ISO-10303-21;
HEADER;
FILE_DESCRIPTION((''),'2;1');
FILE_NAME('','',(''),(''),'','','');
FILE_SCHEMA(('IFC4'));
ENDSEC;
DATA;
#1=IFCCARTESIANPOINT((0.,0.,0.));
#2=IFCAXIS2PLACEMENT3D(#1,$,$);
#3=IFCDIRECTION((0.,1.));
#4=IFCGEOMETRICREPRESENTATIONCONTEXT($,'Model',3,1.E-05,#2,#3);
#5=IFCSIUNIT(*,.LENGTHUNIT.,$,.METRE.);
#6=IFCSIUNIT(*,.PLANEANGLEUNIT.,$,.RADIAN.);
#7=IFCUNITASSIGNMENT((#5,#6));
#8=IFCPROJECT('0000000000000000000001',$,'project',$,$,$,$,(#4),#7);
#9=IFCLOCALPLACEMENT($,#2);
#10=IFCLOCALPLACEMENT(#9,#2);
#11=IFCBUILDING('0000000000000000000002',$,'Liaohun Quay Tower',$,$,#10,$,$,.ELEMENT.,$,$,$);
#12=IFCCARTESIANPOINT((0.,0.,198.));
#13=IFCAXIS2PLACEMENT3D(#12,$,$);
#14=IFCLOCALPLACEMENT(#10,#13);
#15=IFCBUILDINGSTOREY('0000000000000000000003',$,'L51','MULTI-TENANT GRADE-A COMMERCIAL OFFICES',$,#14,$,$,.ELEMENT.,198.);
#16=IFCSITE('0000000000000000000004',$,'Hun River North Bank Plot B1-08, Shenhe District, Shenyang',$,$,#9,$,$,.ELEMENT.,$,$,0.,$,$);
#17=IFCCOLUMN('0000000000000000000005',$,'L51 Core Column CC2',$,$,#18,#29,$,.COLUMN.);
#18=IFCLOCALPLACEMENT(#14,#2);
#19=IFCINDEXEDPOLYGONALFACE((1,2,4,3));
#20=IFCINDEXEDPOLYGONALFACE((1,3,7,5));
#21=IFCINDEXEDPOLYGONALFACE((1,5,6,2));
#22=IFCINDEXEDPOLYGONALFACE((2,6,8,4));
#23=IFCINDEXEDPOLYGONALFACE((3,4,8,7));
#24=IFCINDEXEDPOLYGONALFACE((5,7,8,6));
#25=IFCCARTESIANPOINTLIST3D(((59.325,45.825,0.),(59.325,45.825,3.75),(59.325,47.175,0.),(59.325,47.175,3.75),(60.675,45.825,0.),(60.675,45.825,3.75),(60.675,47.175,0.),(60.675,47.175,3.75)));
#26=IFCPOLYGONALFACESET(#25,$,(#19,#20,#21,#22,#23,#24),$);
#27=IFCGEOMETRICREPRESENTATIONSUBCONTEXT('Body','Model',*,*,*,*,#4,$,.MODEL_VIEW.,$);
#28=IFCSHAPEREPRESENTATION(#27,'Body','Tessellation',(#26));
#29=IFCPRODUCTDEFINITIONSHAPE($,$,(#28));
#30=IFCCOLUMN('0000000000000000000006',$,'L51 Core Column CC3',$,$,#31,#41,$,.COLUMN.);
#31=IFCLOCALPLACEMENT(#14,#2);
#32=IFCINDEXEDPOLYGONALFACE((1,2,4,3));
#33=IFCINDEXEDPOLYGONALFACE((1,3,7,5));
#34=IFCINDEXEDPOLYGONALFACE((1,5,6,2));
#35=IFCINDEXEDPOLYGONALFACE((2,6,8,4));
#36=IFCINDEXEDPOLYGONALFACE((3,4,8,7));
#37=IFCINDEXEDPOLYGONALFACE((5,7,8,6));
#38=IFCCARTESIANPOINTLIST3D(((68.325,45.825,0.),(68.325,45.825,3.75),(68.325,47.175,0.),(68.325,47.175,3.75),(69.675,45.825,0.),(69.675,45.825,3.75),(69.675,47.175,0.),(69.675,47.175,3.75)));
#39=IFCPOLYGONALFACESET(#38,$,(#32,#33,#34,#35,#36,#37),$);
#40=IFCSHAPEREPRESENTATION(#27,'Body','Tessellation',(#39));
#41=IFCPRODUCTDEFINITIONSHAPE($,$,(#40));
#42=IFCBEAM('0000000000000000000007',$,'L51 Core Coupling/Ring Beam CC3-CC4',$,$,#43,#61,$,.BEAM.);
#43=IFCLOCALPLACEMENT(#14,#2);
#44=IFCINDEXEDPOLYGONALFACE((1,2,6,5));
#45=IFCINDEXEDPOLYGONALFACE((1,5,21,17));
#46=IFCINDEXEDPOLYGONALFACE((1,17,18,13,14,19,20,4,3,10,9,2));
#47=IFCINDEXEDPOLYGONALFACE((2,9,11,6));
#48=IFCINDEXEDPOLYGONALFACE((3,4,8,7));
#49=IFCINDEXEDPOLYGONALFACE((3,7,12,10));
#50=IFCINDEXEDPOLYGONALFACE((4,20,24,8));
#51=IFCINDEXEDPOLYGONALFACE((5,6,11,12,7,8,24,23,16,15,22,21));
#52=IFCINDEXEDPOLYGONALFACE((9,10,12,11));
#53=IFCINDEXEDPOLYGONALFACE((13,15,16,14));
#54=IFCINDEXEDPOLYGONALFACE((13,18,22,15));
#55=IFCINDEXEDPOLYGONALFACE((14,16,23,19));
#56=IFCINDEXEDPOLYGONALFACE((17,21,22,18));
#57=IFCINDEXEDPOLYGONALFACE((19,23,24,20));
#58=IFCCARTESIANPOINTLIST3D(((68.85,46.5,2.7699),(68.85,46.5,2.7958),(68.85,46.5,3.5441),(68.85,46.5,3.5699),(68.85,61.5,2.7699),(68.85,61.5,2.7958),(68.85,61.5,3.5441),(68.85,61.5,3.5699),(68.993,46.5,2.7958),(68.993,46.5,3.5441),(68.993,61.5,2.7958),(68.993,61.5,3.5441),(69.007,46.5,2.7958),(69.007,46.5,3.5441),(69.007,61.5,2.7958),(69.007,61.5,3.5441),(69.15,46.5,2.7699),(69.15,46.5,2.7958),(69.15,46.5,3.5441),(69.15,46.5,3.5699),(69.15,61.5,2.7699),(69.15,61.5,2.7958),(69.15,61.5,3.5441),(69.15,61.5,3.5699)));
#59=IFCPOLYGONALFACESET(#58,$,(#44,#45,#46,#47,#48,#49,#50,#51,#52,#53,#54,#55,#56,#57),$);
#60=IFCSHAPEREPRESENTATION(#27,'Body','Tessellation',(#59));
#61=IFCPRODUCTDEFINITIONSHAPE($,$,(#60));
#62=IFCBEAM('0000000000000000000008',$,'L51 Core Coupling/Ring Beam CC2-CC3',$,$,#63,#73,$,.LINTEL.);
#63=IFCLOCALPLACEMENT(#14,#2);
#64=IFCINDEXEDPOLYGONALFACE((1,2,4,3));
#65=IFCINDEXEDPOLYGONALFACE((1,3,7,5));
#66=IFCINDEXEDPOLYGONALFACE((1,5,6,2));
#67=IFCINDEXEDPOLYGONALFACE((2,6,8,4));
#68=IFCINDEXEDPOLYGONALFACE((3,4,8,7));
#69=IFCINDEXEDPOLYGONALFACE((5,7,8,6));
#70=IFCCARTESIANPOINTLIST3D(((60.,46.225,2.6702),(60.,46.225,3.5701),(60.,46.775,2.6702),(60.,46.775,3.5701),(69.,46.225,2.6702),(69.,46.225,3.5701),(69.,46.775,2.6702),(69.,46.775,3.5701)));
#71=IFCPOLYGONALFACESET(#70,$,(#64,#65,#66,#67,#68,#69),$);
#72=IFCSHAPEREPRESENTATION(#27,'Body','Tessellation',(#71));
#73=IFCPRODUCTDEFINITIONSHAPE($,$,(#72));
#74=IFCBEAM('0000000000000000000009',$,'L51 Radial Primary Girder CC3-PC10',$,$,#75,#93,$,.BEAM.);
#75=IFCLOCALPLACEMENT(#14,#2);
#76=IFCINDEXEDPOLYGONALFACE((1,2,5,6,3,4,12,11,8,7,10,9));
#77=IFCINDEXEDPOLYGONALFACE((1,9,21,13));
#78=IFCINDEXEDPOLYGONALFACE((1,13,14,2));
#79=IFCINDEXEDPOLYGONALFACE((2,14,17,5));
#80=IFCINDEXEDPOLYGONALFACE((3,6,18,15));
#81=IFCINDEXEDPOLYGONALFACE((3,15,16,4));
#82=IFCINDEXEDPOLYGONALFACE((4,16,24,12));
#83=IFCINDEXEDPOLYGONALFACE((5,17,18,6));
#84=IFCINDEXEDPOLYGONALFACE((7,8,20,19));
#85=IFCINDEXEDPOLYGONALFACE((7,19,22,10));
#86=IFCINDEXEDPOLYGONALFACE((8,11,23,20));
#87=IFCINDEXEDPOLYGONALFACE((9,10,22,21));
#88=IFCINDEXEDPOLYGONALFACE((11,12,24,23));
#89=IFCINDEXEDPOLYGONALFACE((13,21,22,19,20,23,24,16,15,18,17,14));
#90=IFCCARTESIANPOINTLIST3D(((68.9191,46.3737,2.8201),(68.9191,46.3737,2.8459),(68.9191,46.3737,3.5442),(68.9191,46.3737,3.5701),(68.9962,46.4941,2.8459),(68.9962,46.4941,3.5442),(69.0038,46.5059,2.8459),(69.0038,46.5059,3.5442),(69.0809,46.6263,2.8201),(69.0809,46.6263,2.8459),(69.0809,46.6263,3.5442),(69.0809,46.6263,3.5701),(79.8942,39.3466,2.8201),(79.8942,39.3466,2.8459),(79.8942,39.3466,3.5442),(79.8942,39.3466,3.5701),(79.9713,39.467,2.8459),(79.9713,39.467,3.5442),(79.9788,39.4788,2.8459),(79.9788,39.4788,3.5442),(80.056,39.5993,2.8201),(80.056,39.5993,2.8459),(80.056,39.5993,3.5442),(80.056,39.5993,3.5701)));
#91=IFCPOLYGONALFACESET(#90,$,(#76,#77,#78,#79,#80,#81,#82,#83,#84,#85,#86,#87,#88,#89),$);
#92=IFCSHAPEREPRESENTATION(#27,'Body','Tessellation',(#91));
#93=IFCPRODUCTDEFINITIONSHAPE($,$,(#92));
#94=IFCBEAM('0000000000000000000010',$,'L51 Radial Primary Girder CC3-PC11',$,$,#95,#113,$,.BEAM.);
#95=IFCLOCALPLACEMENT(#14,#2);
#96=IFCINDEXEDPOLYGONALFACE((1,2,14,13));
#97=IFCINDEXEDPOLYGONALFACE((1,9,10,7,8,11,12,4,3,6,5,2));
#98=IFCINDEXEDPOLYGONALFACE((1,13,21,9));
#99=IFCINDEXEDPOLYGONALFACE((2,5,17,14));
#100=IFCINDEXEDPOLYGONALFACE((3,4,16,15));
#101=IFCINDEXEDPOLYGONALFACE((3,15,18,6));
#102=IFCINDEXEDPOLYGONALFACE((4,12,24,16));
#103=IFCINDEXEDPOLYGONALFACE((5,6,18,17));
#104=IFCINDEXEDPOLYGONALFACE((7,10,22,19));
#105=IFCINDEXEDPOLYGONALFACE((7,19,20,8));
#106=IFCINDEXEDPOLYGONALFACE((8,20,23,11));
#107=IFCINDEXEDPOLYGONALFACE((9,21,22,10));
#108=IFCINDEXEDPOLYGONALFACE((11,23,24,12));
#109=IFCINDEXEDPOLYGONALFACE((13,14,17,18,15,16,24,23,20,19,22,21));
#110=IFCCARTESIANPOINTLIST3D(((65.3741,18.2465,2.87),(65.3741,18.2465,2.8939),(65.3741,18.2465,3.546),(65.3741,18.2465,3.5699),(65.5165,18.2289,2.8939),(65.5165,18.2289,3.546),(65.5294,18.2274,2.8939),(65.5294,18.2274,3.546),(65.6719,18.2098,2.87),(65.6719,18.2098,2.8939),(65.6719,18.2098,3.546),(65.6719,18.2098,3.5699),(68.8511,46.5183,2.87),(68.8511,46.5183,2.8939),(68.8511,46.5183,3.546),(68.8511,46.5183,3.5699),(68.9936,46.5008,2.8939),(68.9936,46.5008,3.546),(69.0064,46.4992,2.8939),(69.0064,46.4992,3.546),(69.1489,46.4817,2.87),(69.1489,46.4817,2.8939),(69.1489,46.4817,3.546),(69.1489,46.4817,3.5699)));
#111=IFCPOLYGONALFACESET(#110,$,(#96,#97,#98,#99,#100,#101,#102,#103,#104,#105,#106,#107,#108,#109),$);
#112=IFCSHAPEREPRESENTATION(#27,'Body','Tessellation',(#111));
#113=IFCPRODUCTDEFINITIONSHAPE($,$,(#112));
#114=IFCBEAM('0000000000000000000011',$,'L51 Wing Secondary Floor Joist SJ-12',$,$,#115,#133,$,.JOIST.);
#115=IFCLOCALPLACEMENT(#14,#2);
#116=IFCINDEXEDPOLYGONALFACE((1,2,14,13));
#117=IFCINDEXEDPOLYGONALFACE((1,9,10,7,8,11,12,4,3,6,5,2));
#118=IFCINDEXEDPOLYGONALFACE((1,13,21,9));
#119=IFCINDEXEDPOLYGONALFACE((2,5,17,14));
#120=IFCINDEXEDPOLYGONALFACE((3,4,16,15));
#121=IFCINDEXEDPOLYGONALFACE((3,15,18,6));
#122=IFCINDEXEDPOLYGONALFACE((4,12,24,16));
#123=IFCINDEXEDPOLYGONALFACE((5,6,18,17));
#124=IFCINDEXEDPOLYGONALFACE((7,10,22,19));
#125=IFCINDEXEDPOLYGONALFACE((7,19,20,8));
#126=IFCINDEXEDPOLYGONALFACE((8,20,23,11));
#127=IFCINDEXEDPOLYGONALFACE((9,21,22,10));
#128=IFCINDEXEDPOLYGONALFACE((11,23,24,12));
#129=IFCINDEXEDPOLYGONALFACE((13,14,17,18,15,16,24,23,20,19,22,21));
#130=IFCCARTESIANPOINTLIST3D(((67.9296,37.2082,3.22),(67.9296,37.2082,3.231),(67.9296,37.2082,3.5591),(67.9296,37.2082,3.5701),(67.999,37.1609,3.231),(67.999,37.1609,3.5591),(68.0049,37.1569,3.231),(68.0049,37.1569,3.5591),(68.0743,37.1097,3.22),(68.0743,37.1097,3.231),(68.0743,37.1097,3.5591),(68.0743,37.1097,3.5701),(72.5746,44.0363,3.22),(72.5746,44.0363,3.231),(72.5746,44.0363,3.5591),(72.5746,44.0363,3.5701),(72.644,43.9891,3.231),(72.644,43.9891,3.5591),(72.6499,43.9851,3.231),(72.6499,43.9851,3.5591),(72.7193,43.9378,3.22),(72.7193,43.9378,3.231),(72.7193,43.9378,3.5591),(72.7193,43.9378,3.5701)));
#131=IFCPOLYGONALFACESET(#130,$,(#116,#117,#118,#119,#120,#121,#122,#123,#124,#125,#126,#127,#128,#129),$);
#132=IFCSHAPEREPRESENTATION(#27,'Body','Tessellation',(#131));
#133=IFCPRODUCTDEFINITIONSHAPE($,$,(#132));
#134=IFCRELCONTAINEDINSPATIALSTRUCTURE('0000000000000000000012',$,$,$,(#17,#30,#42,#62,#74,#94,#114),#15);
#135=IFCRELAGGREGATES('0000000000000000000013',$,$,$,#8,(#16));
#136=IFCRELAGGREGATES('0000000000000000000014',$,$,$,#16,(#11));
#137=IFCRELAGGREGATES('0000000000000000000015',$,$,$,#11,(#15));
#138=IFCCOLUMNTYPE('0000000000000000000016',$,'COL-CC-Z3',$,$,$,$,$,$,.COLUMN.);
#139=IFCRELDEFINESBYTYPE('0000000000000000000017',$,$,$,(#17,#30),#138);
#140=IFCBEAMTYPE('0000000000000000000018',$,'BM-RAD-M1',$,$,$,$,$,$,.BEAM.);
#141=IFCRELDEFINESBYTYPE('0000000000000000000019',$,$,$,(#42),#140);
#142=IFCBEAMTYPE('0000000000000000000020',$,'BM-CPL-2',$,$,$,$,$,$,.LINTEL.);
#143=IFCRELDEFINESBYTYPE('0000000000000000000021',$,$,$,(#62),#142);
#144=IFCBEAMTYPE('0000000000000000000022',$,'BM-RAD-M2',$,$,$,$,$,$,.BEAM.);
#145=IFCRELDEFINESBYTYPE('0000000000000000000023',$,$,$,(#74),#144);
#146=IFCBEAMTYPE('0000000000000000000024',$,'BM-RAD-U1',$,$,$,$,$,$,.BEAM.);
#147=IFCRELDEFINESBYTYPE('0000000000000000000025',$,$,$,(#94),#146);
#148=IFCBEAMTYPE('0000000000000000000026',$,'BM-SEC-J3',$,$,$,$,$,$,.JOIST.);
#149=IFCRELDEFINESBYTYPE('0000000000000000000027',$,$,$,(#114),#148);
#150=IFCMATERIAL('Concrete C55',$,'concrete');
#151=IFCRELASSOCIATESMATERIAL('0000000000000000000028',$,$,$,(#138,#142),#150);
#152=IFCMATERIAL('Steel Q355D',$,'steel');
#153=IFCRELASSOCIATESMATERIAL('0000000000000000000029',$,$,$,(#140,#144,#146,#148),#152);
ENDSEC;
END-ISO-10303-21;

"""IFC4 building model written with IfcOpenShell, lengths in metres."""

from ifc_helpers import new_model, si_unit, direction, frame, origin, origin_2d, place, context, subcontext, project, spatial, rectangle, i_section, extrude, source, transform, mapped, material, material_profile, profile_set, type_object, element, save


model = new_model("IFC4")

# Units and contexts
model_context = context("Model", 3, precision=1e-05, world=origin(), true_north=direction((0.0, 1.0)))
body_context = subcontext(model_context, "Body", "Model", "MODEL_VIEW")
ifc_project = project(units=[si_unit("LENGTHUNIT", "METRE"), si_unit("PLANEANGLEUNIT", "RADIAN")], contexts=[model_context])

# Site, building, storey
site_placement = place(None, origin())
site = spatial("IfcSite", under=ifc_project, at=site_placement, Name="Hun River North Bank Plot B1-08, Shenhe District, Shenyang", CompositionType="ELEMENT", RefElevation=0.0)
building_placement = place(site_placement, origin())
building = spatial("IfcBuilding", under=site, at=building_placement, Name="Liaohun Quay Tower", CompositionType="ELEMENT")
storey_placement = place(building_placement, frame((0.0, 0.0, 198.0)))
storey = spatial("IfcBuildingStorey", under=building, at=storey_placement, Name="L51", Description="MULTI-TENANT GRADE-A COMMERCIAL OFFICES", CompositionType="ELEMENT", Elevation=198.0)

# Columns
ifc_material_1 = material(Name="Concrete C55", Category="concrete")
ifc_material_profile_1 = material_profile(ifc_material_1, rectangle(XDim=1.3501, YDim=1.3501, at=origin_2d()), Name="RC1350x1350")
ifc_profile_set_1 = profile_set([ifc_material_profile_1], Name="Concrete C55")
column_type = type_object("IfcColumnType", Name="COL-CC-Z3", PredefinedType="COLUMN", material=ifc_profile_set_1)
shared_shape_1 = source(origin(), body_context, "Body", "SweptSolid", [
    extrude(rectangle(XDim=1.3501, YDim=1.3501, at=origin_2d()), origin(), (0.0, 0.0, 1.0), 3.75),
])
for number, where, z_axis, x_axis, name in (
    (1, (60.0, 46.5, 0.0), (0.0, 0.0, 1.0), (1.0, 0.0, 0.0), "L51 Core Column CC2"),
    (2, (69.0, 46.5, 0.0), (0.0, 0.0, 1.0), (1.0, 0.0, 0.0), "L51 Core Column CC3"),
):
    element("IfcColumn", number, at=place(storey_placement, frame(where, z_axis=z_axis, x_axis=x_axis)), inside=storey, type_object=column_type, Name=name, PredefinedType="COLUMN", context=body_context, shape_type="MappedRepresentation", body=[
        mapped(shared_shape_1, transform((0.0, 0.0, 0.0), x_axis=(1.0, 0.0, 0.0), y_axis=(0.0, 1.0, 0.0), z_axis=(0.0, 0.0, 1.0), scale=1.0)),
    ])

# Beams
ifc_material_2 = material(Name="Steel Q355D", Category="steel")
ifc_material_profile_2 = material_profile(ifc_material_2, i_section(OverallWidth=0.3, OverallDepth=0.8, WebThickness=0.0139, FlangeThickness=0.0259, at=origin_2d()), Name="HN800x300x14x26")
ifc_profile_set_2 = profile_set([ifc_material_profile_2], Name="Steel Q355D")
beam_type_1 = type_object("IfcBeamType", Name="BM-RAD-M1", PredefinedType="BEAM", material=ifc_profile_set_2)
shared_shape_2 = source(origin(), body_context, "Body", "SweptSolid", [
    extrude(i_section(OverallWidth=0.3, OverallDepth=0.8, WebThickness=0.0139, FlangeThickness=0.0259, at=origin_2d()), origin(), (0.0, 0.0, 1.0), 15.0),
])
beam_1_placement = place(storey_placement, frame((69.0, 46.5, 3.1699), z_axis=(0.0, 1.0, 0.0), x_axis=(-1.0, 0.0, 0.0)))
element("IfcBeam", 3, at=beam_1_placement, inside=storey, type_object=beam_type_1, Name="L51 Core Coupling/Ring Beam CC3-CC4", PredefinedType="BEAM", context=body_context, shape_type="MappedRepresentation", body=[
    mapped(shared_shape_2, transform((0.0, 0.0, 0.0), x_axis=(1.0, 0.0, 0.0), y_axis=(0.0, 1.0, 0.0), z_axis=(0.0, 0.0, 1.0), scale=1.0)),
])
ifc_material_profile_3 = material_profile(ifc_material_1, rectangle(XDim=0.55, YDim=0.8999, at=origin_2d()), Name="RC550x900")
ifc_profile_set_3 = profile_set([ifc_material_profile_3], Name="Concrete C55")
beam_type_2 = type_object("IfcBeamType", Name="BM-CPL-2", PredefinedType="LINTEL", material=ifc_profile_set_3)
shared_shape_3 = source(origin(), body_context, "Body", "SweptSolid", [
    extrude(rectangle(XDim=0.55, YDim=0.8999, at=origin_2d()), origin(), (0.0, 0.0, 1.0), 9.0),
])
beam_2_placement = place(storey_placement, frame((60.0, 46.5, 3.1201), z_axis=(1.0, 0.0, 0.0), x_axis=(0.0, 1.0, 0.0)))
element("IfcBeam", 4, at=beam_2_placement, inside=storey, type_object=beam_type_2, Name="L51 Core Coupling/Ring Beam CC2-CC3", PredefinedType="LINTEL", context=body_context, shape_type="MappedRepresentation", body=[
    mapped(shared_shape_3, transform((0.0, 0.0, 0.0), x_axis=(1.0, 0.0, 0.0), y_axis=(0.0, 1.0, 0.0), z_axis=(0.0, 0.0, 1.0), scale=1.0)),
])
ifc_material_profile_4 = material_profile(ifc_material_2, i_section(OverallWidth=0.3, OverallDepth=0.75, WebThickness=0.0139, FlangeThickness=0.0259, at=origin_2d()), Name="HN750x300x14x26")
ifc_profile_set_4 = profile_set([ifc_material_profile_4], Name="Steel Q355D")
beam_type_3 = type_object("IfcBeamType", Name="BM-RAD-M2", PredefinedType="BEAM", material=ifc_profile_set_4)
shared_shape_4 = source(origin(), body_context, "Body", "SweptSolid", [
    extrude(i_section(OverallWidth=0.3, OverallDepth=0.75, WebThickness=0.0139, FlangeThickness=0.0259, at=origin_2d()), origin(), (0.0, 0.0, 1.0), 13.032),
])
beam_3_placement = place(storey_placement, frame((69.0, 46.5, 3.1951), z_axis=(0.842166, -0.539219, 0.0), x_axis=(0.539219, 0.842166, 0.0)))
element("IfcBeam", 5, at=beam_3_placement, inside=storey, type_object=beam_type_3, Name="L51 Radial Primary Girder CC3-PC10", PredefinedType="BEAM", context=body_context, shape_type="MappedRepresentation", body=[
    mapped(shared_shape_4, transform((0.0, 0.0, 0.0), x_axis=(1.0, 0.0, 0.0), y_axis=(0.0, 1.0, 0.0), z_axis=(0.0, 0.0, 1.0), scale=1.0)),
])
ifc_material_profile_5 = material_profile(ifc_material_2, i_section(OverallWidth=0.3, OverallDepth=0.7, WebThickness=0.0129, FlangeThickness=0.0239, at=origin_2d()), Name="HN700x300x13x24")
ifc_profile_set_5 = profile_set([ifc_material_profile_5], Name="Steel Q355D")
beam_type_4 = type_object("IfcBeamType", Name="BM-RAD-U1", PredefinedType="BEAM", material=ifc_profile_set_5)
shared_shape_5 = source(origin(), body_context, "Body", "SweptSolid", [
    extrude(i_section(OverallWidth=0.3, OverallDepth=0.7, WebThickness=0.0129, FlangeThickness=0.0239, at=origin_2d()), origin(), (0.0, 0.0, 1.0), 28.4849),
])
beam_4_placement = place(storey_placement, frame((69.0, 46.5, 3.22), z_axis=(-0.122066, -0.992522, 0.0), x_axis=(0.992522, -0.122066, 0.0)))
element("IfcBeam", 6, at=beam_4_placement, inside=storey, type_object=beam_type_4, Name="L51 Radial Primary Girder CC3-PC11", PredefinedType="BEAM", context=body_context, shape_type="MappedRepresentation", body=[
    mapped(shared_shape_5, transform((0.0, 0.0, 0.0), x_axis=(1.0, 0.0, 0.0), y_axis=(0.0, 1.0, 0.0), z_axis=(0.0, 0.0, 1.0), scale=1.0)),
])
ifc_material_profile_6 = material_profile(ifc_material_2, i_section(OverallWidth=0.175, OverallDepth=0.3501, WebThickness=0.0071, FlangeThickness=0.011, at=origin_2d()), Name="HN350x175x7x11")
ifc_profile_set_6 = profile_set([ifc_material_profile_6], Name="Steel Q355D")
beam_type_5 = type_object("IfcBeamType", Name="BM-SEC-J3", PredefinedType="JOIST", material=ifc_profile_set_6)
shared_shape_6 = source(origin(), body_context, "Body", "SweptSolid", [
    extrude(i_section(OverallWidth=0.175, OverallDepth=0.3501, WebThickness=0.0071, FlangeThickness=0.011, at=origin_2d()), origin(), (0.0, 0.0, 1.0), 8.2583),
])
beam_5_placement = place(storey_placement, frame((72.647, 43.9871, 3.395), z_axis=(-0.562467, -0.82682, 0.0), x_axis=(0.82682, -0.562467, 0.0)))
element("IfcBeam", 7, at=beam_5_placement, inside=storey, type_object=beam_type_5, Name="L51 Wing Secondary Floor Joist SJ-12", PredefinedType="JOIST", context=body_context, shape_type="MappedRepresentation", body=[
    mapped(shared_shape_6, transform((0.0, 0.0, 0.0), x_axis=(1.0, 0.0, 0.0), y_axis=(0.0, 1.0, 0.0), z_axis=(0.0, 0.0, 1.0), scale=1.0)),
])

save(model, "model.ifc")
